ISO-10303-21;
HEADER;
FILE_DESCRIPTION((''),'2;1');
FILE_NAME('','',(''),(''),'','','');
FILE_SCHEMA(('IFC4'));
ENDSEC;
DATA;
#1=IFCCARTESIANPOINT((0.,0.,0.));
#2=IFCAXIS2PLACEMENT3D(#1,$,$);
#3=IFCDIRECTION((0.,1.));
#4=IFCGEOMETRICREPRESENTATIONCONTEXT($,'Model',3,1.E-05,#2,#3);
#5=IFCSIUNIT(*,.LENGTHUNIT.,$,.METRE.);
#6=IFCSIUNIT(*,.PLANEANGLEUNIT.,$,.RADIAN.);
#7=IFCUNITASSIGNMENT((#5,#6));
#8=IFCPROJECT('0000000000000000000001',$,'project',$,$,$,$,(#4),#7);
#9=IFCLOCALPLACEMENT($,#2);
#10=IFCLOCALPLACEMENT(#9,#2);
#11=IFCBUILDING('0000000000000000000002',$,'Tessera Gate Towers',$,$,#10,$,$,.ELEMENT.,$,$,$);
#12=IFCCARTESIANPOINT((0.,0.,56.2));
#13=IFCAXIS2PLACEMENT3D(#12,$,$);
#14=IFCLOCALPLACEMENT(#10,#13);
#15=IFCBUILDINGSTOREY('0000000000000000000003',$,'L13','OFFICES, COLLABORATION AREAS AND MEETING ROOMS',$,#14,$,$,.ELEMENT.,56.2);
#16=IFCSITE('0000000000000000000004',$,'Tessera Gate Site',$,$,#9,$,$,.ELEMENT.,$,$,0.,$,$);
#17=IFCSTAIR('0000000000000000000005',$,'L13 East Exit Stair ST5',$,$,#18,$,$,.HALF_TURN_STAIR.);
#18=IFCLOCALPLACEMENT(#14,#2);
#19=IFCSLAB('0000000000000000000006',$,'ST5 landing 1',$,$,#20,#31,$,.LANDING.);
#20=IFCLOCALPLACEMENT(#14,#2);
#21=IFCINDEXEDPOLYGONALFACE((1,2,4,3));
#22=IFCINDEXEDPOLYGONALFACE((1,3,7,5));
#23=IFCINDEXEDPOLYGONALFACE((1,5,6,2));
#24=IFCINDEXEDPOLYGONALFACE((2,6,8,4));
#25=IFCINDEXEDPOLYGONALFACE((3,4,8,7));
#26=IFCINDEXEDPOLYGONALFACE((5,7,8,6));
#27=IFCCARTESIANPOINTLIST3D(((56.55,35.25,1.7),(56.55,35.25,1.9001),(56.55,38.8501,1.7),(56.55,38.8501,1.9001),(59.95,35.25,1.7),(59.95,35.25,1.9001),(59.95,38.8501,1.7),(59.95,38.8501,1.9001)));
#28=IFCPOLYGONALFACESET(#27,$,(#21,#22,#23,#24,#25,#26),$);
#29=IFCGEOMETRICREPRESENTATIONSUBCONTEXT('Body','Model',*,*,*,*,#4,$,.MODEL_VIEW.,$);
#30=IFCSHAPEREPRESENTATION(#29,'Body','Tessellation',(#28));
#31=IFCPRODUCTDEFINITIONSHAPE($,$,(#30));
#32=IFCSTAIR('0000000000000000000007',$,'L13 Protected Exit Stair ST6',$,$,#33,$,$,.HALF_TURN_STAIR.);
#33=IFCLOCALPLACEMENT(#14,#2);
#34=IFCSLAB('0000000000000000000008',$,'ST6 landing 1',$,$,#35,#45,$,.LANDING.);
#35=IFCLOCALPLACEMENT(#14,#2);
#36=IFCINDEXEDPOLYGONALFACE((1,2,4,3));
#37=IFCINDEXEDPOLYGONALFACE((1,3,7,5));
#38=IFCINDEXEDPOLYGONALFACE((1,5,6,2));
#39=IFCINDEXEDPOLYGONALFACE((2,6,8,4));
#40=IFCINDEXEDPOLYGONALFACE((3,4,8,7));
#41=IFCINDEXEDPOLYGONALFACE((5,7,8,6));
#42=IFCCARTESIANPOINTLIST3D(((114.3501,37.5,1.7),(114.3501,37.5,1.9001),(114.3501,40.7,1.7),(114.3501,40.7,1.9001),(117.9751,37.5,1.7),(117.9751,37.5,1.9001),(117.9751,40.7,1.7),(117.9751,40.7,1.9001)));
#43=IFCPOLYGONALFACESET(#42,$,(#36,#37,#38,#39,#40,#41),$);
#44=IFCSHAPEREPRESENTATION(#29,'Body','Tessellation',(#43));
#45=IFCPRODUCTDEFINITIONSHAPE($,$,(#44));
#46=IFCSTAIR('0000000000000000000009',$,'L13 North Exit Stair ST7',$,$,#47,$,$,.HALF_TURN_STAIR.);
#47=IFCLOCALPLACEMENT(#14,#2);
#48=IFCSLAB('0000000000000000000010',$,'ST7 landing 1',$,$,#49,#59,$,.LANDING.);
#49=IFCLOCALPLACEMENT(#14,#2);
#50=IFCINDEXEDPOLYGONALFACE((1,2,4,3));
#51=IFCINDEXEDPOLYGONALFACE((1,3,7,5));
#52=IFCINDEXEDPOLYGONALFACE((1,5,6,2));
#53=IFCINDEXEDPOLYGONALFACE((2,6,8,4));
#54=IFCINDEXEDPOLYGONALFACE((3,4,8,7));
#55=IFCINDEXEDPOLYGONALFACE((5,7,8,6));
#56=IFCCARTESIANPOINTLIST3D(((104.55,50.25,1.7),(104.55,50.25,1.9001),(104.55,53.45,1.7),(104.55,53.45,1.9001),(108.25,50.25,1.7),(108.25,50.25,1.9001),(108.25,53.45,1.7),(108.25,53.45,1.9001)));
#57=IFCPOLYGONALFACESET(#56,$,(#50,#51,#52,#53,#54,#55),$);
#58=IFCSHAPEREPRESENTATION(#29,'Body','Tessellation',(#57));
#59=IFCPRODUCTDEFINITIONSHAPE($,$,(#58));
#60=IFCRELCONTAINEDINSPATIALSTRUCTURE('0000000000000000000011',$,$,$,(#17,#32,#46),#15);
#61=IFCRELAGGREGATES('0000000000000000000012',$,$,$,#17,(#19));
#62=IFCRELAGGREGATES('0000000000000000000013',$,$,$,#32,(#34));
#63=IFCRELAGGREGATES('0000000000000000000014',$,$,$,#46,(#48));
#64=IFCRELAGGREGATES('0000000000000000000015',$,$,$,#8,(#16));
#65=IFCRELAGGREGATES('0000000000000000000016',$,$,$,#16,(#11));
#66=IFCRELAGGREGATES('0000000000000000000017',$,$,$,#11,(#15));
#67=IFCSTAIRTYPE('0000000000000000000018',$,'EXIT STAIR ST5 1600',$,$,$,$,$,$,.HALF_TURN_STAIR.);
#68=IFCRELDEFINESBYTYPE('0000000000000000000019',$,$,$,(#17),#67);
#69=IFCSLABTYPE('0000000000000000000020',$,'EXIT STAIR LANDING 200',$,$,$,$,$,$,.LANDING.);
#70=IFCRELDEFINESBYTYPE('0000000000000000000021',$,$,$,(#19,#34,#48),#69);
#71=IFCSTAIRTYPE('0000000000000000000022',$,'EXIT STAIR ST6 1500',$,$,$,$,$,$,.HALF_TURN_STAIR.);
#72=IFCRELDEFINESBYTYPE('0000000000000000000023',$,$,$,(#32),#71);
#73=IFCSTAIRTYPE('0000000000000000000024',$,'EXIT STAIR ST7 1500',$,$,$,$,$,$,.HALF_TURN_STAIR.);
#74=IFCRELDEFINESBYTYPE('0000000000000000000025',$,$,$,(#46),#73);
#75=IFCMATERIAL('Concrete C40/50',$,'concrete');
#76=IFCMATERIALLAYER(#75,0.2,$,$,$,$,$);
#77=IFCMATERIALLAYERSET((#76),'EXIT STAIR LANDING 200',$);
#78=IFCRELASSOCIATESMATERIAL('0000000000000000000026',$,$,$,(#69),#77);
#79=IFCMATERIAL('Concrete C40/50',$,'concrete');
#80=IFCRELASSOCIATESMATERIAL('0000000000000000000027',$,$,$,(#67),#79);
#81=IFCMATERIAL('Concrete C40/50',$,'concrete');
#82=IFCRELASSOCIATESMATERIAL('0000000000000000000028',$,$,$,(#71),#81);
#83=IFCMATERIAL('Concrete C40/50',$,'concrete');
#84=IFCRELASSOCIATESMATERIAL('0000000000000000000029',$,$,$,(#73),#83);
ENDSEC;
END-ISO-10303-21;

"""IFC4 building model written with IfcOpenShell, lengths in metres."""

from ifc_helpers import new_model, si_unit, direction, frame, origin, place, context, subcontext, project, spatial, polyline, outline, extrude, material, layer, layer_set, type_object, element, aggregate, save


model = new_model("IFC4")

# Units and contexts
model_context = context("Model", 3, precision=1e-05, world=origin(), true_north=direction((0.0, 1.0)))
body_context = subcontext(model_context, "Body", "Model", "MODEL_VIEW")
ifc_project = project(units=[si_unit("LENGTHUNIT", "METRE"), si_unit("PLANEANGLEUNIT", "RADIAN")], contexts=[model_context])

# Site, building, storey
site_placement = place(None, origin())
site = spatial("IfcSite", under=ifc_project, at=site_placement, Name="Tessera Gate Site", CompositionType="ELEMENT", RefElevation=0.0)
building_placement = place(site_placement, origin())
building = spatial("IfcBuilding", under=site, at=building_placement, Name="Tessera Gate Towers", CompositionType="ELEMENT")
storey_placement = place(building_placement, frame((0.0, 0.0, 56.2)))
storey = spatial("IfcBuildingStorey", under=building, at=storey_placement, Name="L13", Description="OFFICES, COLLABORATION AREAS AND MEETING ROOMS", CompositionType="ELEMENT", Elevation=56.2)

# Stairs, slabs
ifc_material_1 = material(Name="Concrete C40/50", Category="concrete")
ifc_layer_1 = layer(ifc_material_1, 0.2)
ifc_layer_set_1 = layer_set([ifc_layer_1], Name="EXIT STAIR LANDING 200")
slab_type_1 = type_object("IfcSlabType", Name="EXIT STAIR LANDING 200", PredefinedType="LANDING", material=ifc_layer_set_1)
ifc_material_2 = material(Name="Concrete C40/50", Category="concrete")
stair_type_1 = type_object("IfcStairType", Name="EXIT STAIR ST5 1600", PredefinedType="HALF_TURN_STAIR", material=ifc_material_2)
stair_1_placement = place(storey_placement, origin())
stair_1 = element("IfcStair", 1, at=stair_1_placement, inside=storey, type_object=stair_type_1, Name="L13 East Exit Stair ST5", PredefinedType="HALF_TURN_STAIR")
slab_1_placement = place(storey_placement, frame((0.0, 0.0, 1.7)))
slab_1 = element("IfcSlab", 2, at=slab_1_placement, type_object=slab_type_1, Name="ST5 landing 1", PredefinedType="LANDING", context=body_context, shape_type="SweptSolid", body=[
    extrude(outline(polyline([(59.95, 35.25), (59.95, 38.8501), (56.55, 38.8501), (56.55, 35.25), (59.95, 35.25)])), origin(), (0.0, 0.0, 1.0), 0.2002),
])
aggregate(stair_1, [slab_1])
ifc_material_3 = material(Name="Concrete C40/50", Category="concrete")
stair_type_2 = type_object("IfcStairType", Name="EXIT STAIR ST6 1500", PredefinedType="HALF_TURN_STAIR", material=ifc_material_3)
stair_2_placement = place(storey_placement, origin())
stair_2 = element("IfcStair", 3, at=stair_2_placement, inside=storey, type_object=stair_type_2, Name="L13 Protected Exit Stair ST6", PredefinedType="HALF_TURN_STAIR")
slab_2_placement = place(storey_placement, frame((0.0, 0.0, 1.7)))
slab_2 = element("IfcSlab", 4, at=slab_2_placement, type_object=slab_type_1, Name="ST6 landing 1", PredefinedType="LANDING", context=body_context, shape_type="SweptSolid", body=[
    extrude(outline(polyline([(114.3501, 37.5), (117.9751, 37.5), (117.9751, 40.7), (114.3501, 40.7), (114.3501, 37.5)])), origin(), (0.0, 0.0, 1.0), 0.2002),
])
aggregate(stair_2, [slab_2])
ifc_material_4 = material(Name="Concrete C40/50", Category="concrete")
stair_type_3 = type_object("IfcStairType", Name="EXIT STAIR ST7 1500", PredefinedType="HALF_TURN_STAIR", material=ifc_material_4)
stair_3_placement = place(storey_placement, origin())
stair_3 = element("IfcStair", 5, at=stair_3_placement, inside=storey, type_object=stair_type_3, Name="L13 North Exit Stair ST7", PredefinedType="HALF_TURN_STAIR")
slab_3_placement = place(storey_placement, frame((0.0, 0.0, 1.7)))
slab_3 = element("IfcSlab", 6, at=slab_3_placement, type_object=slab_type_1, Name="ST7 landing 1", PredefinedType="LANDING", context=body_context, shape_type="SweptSolid", body=[
    extrude(outline(polyline([(104.55, 50.25), (108.25, 50.25), (108.25, 53.45), (104.55, 53.45), (104.55, 50.25)])), origin(), (0.0, 0.0, 1.0), 0.2002),
])
aggregate(stair_3, [slab_3])

save(model, "model.ifc")
